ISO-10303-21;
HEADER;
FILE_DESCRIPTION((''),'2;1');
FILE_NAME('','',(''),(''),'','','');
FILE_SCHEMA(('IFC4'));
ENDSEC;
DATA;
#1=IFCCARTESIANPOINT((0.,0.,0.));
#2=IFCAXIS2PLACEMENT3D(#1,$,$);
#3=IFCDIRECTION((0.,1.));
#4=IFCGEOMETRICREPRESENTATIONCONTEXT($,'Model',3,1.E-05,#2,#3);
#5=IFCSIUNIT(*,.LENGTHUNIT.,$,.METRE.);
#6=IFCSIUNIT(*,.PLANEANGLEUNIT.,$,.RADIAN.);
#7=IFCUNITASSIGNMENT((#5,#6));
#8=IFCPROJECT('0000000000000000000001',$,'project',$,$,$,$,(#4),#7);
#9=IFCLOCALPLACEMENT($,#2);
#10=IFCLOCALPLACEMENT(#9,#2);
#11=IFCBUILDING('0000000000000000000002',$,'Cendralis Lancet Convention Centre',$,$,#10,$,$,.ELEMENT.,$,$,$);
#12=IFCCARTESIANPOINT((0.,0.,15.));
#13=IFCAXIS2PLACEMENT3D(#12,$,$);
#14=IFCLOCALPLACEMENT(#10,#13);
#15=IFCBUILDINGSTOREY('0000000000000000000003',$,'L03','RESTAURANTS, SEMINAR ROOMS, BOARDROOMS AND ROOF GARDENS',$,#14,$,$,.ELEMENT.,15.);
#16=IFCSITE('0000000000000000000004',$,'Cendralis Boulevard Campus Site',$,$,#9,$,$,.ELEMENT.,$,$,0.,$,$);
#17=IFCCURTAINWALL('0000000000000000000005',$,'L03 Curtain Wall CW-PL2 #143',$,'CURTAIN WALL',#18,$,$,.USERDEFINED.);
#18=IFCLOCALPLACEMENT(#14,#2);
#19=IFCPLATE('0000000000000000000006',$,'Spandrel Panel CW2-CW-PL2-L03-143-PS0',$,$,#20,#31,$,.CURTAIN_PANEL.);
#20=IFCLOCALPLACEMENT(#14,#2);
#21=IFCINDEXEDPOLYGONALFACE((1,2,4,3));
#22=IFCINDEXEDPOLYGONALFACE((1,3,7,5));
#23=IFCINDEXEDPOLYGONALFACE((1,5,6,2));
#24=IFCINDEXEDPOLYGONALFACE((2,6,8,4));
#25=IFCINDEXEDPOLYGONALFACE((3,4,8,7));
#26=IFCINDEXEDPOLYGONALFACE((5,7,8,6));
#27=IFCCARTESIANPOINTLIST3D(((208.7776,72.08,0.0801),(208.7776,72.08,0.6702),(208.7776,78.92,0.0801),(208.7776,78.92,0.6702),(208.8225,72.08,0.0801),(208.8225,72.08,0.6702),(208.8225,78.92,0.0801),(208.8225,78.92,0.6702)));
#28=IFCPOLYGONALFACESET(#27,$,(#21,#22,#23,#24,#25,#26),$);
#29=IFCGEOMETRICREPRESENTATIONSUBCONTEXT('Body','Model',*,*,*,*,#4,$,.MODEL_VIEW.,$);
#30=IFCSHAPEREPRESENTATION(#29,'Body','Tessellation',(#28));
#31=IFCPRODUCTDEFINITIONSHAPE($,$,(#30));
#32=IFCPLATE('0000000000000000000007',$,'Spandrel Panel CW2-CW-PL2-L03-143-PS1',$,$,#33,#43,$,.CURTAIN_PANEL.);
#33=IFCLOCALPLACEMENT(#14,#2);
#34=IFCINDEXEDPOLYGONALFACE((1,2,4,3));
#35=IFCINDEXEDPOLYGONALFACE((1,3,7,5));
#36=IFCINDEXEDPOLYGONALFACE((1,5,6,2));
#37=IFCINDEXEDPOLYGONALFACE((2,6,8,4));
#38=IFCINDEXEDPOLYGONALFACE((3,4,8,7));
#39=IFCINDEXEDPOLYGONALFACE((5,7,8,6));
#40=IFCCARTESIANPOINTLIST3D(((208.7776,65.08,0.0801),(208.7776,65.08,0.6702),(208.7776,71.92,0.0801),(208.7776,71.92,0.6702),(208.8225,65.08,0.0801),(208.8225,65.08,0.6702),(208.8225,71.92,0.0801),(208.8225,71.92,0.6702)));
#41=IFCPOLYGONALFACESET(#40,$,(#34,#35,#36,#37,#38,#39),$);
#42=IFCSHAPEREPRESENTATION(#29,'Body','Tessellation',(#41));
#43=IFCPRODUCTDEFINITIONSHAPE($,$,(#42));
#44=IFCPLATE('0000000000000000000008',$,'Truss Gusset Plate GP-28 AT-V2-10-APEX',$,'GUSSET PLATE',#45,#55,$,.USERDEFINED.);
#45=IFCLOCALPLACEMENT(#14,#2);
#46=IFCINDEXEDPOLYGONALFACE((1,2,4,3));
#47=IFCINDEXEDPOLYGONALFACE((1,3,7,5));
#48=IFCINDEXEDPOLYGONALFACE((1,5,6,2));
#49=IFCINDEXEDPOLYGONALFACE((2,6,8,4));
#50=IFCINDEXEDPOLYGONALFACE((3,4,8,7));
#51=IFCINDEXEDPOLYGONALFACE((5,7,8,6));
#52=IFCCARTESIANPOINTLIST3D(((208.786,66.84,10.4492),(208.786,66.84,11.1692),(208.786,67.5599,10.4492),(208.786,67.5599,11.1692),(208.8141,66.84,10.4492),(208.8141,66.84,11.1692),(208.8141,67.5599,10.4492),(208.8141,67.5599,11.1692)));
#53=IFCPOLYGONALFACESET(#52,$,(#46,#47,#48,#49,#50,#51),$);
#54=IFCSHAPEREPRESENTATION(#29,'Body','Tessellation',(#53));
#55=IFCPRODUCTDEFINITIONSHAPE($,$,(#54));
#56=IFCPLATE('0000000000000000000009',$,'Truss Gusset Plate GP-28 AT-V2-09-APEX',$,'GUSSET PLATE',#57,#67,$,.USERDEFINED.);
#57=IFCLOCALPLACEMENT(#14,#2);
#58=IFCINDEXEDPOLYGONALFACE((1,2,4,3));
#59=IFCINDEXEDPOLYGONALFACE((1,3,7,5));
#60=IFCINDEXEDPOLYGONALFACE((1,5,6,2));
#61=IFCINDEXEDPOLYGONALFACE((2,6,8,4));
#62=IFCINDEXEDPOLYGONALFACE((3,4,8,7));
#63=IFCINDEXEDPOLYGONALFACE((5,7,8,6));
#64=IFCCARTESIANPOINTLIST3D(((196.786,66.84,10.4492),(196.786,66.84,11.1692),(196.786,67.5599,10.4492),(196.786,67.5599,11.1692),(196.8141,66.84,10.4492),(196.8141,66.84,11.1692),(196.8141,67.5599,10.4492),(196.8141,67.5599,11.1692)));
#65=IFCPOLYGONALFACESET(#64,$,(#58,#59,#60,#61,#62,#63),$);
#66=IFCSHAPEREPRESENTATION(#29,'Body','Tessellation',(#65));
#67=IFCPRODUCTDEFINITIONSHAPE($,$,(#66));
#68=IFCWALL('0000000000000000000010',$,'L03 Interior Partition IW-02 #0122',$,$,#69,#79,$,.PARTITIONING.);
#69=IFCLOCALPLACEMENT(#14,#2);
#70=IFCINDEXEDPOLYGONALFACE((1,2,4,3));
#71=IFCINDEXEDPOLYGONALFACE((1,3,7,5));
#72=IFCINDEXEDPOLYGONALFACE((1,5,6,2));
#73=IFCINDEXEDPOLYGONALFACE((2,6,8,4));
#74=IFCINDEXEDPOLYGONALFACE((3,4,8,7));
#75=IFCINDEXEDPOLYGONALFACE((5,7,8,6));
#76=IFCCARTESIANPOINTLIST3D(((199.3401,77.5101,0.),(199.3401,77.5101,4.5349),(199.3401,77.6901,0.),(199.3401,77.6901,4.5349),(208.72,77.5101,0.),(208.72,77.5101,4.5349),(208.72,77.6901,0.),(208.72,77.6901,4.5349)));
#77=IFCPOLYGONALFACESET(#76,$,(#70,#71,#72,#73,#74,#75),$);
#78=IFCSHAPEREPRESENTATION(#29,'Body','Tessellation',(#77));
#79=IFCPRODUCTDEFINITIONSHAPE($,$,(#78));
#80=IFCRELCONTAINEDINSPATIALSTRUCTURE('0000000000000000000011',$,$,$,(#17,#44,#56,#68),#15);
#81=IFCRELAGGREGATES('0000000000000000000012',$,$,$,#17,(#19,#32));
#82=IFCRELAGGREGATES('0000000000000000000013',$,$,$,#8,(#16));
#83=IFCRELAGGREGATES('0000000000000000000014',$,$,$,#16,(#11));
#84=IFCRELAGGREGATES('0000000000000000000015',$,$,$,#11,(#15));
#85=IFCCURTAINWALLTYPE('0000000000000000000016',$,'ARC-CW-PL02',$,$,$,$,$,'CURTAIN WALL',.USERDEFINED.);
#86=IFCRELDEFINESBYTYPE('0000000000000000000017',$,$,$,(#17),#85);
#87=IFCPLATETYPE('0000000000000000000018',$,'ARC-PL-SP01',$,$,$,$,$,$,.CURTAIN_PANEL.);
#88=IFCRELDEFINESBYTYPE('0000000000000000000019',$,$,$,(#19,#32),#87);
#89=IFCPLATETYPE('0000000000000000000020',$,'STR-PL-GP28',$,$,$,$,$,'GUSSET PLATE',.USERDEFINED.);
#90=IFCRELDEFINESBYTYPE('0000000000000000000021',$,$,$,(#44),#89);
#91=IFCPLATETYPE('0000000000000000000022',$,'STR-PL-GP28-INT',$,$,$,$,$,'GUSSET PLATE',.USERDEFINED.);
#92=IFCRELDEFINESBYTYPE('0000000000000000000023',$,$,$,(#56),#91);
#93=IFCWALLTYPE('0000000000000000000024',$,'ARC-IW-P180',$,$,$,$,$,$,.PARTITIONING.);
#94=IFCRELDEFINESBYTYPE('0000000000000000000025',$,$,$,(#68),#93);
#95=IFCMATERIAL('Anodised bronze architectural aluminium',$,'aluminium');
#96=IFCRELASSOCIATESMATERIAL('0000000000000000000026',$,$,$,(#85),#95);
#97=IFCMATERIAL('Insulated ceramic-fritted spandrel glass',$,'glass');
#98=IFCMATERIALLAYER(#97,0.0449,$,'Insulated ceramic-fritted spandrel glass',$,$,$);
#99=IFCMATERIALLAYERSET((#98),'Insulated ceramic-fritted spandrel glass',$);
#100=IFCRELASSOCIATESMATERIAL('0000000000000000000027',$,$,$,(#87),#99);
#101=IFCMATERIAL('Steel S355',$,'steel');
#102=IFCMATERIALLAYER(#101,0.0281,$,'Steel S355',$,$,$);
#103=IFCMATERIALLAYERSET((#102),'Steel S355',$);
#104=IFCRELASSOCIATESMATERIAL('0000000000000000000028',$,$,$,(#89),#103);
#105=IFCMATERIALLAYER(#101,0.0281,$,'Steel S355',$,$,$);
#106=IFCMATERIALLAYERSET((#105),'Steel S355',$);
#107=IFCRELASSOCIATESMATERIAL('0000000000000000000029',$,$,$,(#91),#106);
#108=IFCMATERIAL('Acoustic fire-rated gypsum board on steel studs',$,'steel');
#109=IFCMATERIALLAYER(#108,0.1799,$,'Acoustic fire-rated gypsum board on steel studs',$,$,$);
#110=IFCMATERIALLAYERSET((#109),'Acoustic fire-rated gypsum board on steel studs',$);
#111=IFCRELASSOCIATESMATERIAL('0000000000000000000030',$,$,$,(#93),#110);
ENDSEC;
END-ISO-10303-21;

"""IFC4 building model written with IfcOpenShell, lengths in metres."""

from ifc_helpers import new_model, si_unit, direction, frame, frame_2d, origin, origin_2d, place, context, subcontext, project, spatial, rectangle, extrude, material, layer, layer_set, type_object, element, aggregate, save


model = new_model("IFC4")

# Units and contexts
model_context = context("Model", 3, precision=1e-05, world=origin(), true_north=direction((0.0, 1.0)))
body_context = subcontext(model_context, "Body", "Model", "MODEL_VIEW")
ifc_project = project(units=[si_unit("LENGTHUNIT", "METRE"), si_unit("PLANEANGLEUNIT", "RADIAN")], contexts=[model_context])

# Site, building, storey
site_placement = place(None, origin())
site = spatial("IfcSite", under=ifc_project, at=site_placement, Name="Cendralis Boulevard Campus Site", CompositionType="ELEMENT", RefElevation=0.0)
building_placement = place(site_placement, origin())
building = spatial("IfcBuilding", under=site, at=building_placement, Name="Cendralis Lancet Convention Centre", CompositionType="ELEMENT")
storey_placement = place(building_placement, frame((0.0, 0.0, 15.0)))
storey = spatial("IfcBuildingStorey", under=building, at=storey_placement, Name="L03", Description="RESTAURANTS, SEMINAR ROOMS, BOARDROOMS AND ROOF GARDENS", CompositionType="ELEMENT", Elevation=15.0)

# Curtain wall
ifc_material_1 = material(Name="Anodised bronze architectural aluminium", Category="aluminium")
curtain_wall_type = type_object("IfcCurtainWallType", Name="ARC-CW-PL02", ElementType="CURTAIN WALL", PredefinedType="USERDEFINED", material=ifc_material_1)
curtain_wall_placement = place(storey_placement, origin())
curtain_wall = element("IfcCurtainWall", 1, at=curtain_wall_placement, inside=storey, type_object=curtain_wall_type, Name="L03 Curtain Wall CW-PL2 #143", ObjectType="CURTAIN WALL", PredefinedType="USERDEFINED")

# Shared definitions
ifc_material_2 = material(Name="Steel S355", Category="steel")

# Plates
ifc_material_3 = material(Name="Insulated ceramic-fritted spandrel glass", Category="glass")
ifc_layer_1 = layer(ifc_material_3, 0.0449, Name="Insulated ceramic-fritted spandrel glass")
ifc_layer_set_1 = layer_set([ifc_layer_1], Name="Insulated ceramic-fritted spandrel glass")
plate_type_1 = type_object("IfcPlateType", Name="ARC-PL-SP01", PredefinedType="CURTAIN_PANEL", material=ifc_layer_set_1)
plate_1_placement = place(storey_placement, frame((208.8, 75.5, 0.0801), z_axis=(0.0, 0.0, 1.0), x_axis=(0.0, -1.0, 0.0)))
plate_1 = element("IfcPlate", 2, at=plate_1_placement, type_object=plate_type_1, Name="Spandrel Panel CW2-CW-PL2-L03-143-PS0", PredefinedType="CURTAIN_PANEL", context=body_context, shape_type="SweptSolid", body=[
    extrude(rectangle(XDim=6.8401, YDim=0.0449, at=origin_2d()), origin(), (0.0, 0.0, 1.0), 0.5901),
])
plate_2_placement = place(storey_placement, frame((208.8, 68.5, 0.0801), z_axis=(0.0, 0.0, 1.0), x_axis=(0.0, -1.0, 0.0)))
plate_2 = element("IfcPlate", 3, at=plate_2_placement, type_object=plate_type_1, Name="Spandrel Panel CW2-CW-PL2-L03-143-PS1", PredefinedType="CURTAIN_PANEL", context=body_context, shape_type="SweptSolid", body=[
    extrude(rectangle(XDim=6.8401, YDim=0.0449, at=origin_2d()), origin(), (0.0, 0.0, 1.0), 0.5901),
])
aggregate(curtain_wall, [plate_1, plate_2])

# Plates
ifc_layer_2 = layer(ifc_material_2, 0.0281, Name="Steel S355")
ifc_layer_set_2 = layer_set([ifc_layer_2], Name="Steel S355")
plate_type_2 = type_object("IfcPlateType", Name="STR-PL-GP28", ElementType="GUSSET PLATE", PredefinedType="USERDEFINED", material=ifc_layer_set_2)
plate_3_placement = place(storey_placement, frame((208.8, 67.2, 10.4492), z_axis=(0.0, 0.0, 1.0), x_axis=(0.0, 1.0, 0.0)))
element("IfcPlate", 4, at=plate_3_placement, inside=storey, type_object=plate_type_2, Name="Truss Gusset Plate GP-28 AT-V2-10-APEX", ObjectType="GUSSET PLATE", PredefinedType="USERDEFINED", context=body_context, shape_type="SweptSolid", body=[
    extrude(rectangle(XDim=0.72, YDim=0.0281, at=origin_2d()), origin(), (0.0, 0.0, 1.0), 0.72),
])
ifc_layer_3 = layer(ifc_material_2, 0.0281, Name="Steel S355")
ifc_layer_set_3 = layer_set([ifc_layer_3], Name="Steel S355")
plate_type_3 = type_object("IfcPlateType", Name="STR-PL-GP28-INT", ElementType="GUSSET PLATE", PredefinedType="USERDEFINED", material=ifc_layer_set_3)
plate_4_placement = place(storey_placement, frame((196.8, 67.2, 10.4492), z_axis=(0.0, 0.0, 1.0), x_axis=(0.0, 1.0, 0.0)))
element("IfcPlate", 5, at=plate_4_placement, inside=storey, type_object=plate_type_3, Name="Truss Gusset Plate GP-28 AT-V2-09-APEX", ObjectType="GUSSET PLATE", PredefinedType="USERDEFINED", context=body_context, shape_type="SweptSolid", body=[
    extrude(rectangle(XDim=0.72, YDim=0.0281, at=origin_2d()), origin(), (0.0, 0.0, 1.0), 0.72),
])

# Wall
ifc_material_4 = material(Name="Acoustic fire-rated gypsum board on steel studs", Category="steel")
ifc_layer_4 = layer(ifc_material_4, 0.1799, Name="Acoustic fire-rated gypsum board on steel studs")
ifc_layer_set_4 = layer_set([ifc_layer_4], Name="Acoustic fire-rated gypsum board on steel studs")
wall_type = type_object("IfcWallType", Name="ARC-IW-P180", PredefinedType="PARTITIONING", material=ifc_layer_set_4)
wall_placement = place(storey_placement, frame((199.3401, 77.6001, 0.0), z_axis=(0.0, 0.0, 1.0), x_axis=(1.0, 0.0, 0.0)))
element("IfcWall", 6, at=wall_placement, inside=storey, type_object=wall_type, Name="L03 Interior Partition IW-02 #0122", PredefinedType="PARTITIONING", context=body_context, shape_type="SweptSolid", body=[
    extrude(rectangle(XDim=9.3799, YDim=0.1799, at=frame_2d((4.6899, 0.0))), origin(), (0.0, 0.0, 1.0), 4.5349),
])

save(model, "model.ifc")
